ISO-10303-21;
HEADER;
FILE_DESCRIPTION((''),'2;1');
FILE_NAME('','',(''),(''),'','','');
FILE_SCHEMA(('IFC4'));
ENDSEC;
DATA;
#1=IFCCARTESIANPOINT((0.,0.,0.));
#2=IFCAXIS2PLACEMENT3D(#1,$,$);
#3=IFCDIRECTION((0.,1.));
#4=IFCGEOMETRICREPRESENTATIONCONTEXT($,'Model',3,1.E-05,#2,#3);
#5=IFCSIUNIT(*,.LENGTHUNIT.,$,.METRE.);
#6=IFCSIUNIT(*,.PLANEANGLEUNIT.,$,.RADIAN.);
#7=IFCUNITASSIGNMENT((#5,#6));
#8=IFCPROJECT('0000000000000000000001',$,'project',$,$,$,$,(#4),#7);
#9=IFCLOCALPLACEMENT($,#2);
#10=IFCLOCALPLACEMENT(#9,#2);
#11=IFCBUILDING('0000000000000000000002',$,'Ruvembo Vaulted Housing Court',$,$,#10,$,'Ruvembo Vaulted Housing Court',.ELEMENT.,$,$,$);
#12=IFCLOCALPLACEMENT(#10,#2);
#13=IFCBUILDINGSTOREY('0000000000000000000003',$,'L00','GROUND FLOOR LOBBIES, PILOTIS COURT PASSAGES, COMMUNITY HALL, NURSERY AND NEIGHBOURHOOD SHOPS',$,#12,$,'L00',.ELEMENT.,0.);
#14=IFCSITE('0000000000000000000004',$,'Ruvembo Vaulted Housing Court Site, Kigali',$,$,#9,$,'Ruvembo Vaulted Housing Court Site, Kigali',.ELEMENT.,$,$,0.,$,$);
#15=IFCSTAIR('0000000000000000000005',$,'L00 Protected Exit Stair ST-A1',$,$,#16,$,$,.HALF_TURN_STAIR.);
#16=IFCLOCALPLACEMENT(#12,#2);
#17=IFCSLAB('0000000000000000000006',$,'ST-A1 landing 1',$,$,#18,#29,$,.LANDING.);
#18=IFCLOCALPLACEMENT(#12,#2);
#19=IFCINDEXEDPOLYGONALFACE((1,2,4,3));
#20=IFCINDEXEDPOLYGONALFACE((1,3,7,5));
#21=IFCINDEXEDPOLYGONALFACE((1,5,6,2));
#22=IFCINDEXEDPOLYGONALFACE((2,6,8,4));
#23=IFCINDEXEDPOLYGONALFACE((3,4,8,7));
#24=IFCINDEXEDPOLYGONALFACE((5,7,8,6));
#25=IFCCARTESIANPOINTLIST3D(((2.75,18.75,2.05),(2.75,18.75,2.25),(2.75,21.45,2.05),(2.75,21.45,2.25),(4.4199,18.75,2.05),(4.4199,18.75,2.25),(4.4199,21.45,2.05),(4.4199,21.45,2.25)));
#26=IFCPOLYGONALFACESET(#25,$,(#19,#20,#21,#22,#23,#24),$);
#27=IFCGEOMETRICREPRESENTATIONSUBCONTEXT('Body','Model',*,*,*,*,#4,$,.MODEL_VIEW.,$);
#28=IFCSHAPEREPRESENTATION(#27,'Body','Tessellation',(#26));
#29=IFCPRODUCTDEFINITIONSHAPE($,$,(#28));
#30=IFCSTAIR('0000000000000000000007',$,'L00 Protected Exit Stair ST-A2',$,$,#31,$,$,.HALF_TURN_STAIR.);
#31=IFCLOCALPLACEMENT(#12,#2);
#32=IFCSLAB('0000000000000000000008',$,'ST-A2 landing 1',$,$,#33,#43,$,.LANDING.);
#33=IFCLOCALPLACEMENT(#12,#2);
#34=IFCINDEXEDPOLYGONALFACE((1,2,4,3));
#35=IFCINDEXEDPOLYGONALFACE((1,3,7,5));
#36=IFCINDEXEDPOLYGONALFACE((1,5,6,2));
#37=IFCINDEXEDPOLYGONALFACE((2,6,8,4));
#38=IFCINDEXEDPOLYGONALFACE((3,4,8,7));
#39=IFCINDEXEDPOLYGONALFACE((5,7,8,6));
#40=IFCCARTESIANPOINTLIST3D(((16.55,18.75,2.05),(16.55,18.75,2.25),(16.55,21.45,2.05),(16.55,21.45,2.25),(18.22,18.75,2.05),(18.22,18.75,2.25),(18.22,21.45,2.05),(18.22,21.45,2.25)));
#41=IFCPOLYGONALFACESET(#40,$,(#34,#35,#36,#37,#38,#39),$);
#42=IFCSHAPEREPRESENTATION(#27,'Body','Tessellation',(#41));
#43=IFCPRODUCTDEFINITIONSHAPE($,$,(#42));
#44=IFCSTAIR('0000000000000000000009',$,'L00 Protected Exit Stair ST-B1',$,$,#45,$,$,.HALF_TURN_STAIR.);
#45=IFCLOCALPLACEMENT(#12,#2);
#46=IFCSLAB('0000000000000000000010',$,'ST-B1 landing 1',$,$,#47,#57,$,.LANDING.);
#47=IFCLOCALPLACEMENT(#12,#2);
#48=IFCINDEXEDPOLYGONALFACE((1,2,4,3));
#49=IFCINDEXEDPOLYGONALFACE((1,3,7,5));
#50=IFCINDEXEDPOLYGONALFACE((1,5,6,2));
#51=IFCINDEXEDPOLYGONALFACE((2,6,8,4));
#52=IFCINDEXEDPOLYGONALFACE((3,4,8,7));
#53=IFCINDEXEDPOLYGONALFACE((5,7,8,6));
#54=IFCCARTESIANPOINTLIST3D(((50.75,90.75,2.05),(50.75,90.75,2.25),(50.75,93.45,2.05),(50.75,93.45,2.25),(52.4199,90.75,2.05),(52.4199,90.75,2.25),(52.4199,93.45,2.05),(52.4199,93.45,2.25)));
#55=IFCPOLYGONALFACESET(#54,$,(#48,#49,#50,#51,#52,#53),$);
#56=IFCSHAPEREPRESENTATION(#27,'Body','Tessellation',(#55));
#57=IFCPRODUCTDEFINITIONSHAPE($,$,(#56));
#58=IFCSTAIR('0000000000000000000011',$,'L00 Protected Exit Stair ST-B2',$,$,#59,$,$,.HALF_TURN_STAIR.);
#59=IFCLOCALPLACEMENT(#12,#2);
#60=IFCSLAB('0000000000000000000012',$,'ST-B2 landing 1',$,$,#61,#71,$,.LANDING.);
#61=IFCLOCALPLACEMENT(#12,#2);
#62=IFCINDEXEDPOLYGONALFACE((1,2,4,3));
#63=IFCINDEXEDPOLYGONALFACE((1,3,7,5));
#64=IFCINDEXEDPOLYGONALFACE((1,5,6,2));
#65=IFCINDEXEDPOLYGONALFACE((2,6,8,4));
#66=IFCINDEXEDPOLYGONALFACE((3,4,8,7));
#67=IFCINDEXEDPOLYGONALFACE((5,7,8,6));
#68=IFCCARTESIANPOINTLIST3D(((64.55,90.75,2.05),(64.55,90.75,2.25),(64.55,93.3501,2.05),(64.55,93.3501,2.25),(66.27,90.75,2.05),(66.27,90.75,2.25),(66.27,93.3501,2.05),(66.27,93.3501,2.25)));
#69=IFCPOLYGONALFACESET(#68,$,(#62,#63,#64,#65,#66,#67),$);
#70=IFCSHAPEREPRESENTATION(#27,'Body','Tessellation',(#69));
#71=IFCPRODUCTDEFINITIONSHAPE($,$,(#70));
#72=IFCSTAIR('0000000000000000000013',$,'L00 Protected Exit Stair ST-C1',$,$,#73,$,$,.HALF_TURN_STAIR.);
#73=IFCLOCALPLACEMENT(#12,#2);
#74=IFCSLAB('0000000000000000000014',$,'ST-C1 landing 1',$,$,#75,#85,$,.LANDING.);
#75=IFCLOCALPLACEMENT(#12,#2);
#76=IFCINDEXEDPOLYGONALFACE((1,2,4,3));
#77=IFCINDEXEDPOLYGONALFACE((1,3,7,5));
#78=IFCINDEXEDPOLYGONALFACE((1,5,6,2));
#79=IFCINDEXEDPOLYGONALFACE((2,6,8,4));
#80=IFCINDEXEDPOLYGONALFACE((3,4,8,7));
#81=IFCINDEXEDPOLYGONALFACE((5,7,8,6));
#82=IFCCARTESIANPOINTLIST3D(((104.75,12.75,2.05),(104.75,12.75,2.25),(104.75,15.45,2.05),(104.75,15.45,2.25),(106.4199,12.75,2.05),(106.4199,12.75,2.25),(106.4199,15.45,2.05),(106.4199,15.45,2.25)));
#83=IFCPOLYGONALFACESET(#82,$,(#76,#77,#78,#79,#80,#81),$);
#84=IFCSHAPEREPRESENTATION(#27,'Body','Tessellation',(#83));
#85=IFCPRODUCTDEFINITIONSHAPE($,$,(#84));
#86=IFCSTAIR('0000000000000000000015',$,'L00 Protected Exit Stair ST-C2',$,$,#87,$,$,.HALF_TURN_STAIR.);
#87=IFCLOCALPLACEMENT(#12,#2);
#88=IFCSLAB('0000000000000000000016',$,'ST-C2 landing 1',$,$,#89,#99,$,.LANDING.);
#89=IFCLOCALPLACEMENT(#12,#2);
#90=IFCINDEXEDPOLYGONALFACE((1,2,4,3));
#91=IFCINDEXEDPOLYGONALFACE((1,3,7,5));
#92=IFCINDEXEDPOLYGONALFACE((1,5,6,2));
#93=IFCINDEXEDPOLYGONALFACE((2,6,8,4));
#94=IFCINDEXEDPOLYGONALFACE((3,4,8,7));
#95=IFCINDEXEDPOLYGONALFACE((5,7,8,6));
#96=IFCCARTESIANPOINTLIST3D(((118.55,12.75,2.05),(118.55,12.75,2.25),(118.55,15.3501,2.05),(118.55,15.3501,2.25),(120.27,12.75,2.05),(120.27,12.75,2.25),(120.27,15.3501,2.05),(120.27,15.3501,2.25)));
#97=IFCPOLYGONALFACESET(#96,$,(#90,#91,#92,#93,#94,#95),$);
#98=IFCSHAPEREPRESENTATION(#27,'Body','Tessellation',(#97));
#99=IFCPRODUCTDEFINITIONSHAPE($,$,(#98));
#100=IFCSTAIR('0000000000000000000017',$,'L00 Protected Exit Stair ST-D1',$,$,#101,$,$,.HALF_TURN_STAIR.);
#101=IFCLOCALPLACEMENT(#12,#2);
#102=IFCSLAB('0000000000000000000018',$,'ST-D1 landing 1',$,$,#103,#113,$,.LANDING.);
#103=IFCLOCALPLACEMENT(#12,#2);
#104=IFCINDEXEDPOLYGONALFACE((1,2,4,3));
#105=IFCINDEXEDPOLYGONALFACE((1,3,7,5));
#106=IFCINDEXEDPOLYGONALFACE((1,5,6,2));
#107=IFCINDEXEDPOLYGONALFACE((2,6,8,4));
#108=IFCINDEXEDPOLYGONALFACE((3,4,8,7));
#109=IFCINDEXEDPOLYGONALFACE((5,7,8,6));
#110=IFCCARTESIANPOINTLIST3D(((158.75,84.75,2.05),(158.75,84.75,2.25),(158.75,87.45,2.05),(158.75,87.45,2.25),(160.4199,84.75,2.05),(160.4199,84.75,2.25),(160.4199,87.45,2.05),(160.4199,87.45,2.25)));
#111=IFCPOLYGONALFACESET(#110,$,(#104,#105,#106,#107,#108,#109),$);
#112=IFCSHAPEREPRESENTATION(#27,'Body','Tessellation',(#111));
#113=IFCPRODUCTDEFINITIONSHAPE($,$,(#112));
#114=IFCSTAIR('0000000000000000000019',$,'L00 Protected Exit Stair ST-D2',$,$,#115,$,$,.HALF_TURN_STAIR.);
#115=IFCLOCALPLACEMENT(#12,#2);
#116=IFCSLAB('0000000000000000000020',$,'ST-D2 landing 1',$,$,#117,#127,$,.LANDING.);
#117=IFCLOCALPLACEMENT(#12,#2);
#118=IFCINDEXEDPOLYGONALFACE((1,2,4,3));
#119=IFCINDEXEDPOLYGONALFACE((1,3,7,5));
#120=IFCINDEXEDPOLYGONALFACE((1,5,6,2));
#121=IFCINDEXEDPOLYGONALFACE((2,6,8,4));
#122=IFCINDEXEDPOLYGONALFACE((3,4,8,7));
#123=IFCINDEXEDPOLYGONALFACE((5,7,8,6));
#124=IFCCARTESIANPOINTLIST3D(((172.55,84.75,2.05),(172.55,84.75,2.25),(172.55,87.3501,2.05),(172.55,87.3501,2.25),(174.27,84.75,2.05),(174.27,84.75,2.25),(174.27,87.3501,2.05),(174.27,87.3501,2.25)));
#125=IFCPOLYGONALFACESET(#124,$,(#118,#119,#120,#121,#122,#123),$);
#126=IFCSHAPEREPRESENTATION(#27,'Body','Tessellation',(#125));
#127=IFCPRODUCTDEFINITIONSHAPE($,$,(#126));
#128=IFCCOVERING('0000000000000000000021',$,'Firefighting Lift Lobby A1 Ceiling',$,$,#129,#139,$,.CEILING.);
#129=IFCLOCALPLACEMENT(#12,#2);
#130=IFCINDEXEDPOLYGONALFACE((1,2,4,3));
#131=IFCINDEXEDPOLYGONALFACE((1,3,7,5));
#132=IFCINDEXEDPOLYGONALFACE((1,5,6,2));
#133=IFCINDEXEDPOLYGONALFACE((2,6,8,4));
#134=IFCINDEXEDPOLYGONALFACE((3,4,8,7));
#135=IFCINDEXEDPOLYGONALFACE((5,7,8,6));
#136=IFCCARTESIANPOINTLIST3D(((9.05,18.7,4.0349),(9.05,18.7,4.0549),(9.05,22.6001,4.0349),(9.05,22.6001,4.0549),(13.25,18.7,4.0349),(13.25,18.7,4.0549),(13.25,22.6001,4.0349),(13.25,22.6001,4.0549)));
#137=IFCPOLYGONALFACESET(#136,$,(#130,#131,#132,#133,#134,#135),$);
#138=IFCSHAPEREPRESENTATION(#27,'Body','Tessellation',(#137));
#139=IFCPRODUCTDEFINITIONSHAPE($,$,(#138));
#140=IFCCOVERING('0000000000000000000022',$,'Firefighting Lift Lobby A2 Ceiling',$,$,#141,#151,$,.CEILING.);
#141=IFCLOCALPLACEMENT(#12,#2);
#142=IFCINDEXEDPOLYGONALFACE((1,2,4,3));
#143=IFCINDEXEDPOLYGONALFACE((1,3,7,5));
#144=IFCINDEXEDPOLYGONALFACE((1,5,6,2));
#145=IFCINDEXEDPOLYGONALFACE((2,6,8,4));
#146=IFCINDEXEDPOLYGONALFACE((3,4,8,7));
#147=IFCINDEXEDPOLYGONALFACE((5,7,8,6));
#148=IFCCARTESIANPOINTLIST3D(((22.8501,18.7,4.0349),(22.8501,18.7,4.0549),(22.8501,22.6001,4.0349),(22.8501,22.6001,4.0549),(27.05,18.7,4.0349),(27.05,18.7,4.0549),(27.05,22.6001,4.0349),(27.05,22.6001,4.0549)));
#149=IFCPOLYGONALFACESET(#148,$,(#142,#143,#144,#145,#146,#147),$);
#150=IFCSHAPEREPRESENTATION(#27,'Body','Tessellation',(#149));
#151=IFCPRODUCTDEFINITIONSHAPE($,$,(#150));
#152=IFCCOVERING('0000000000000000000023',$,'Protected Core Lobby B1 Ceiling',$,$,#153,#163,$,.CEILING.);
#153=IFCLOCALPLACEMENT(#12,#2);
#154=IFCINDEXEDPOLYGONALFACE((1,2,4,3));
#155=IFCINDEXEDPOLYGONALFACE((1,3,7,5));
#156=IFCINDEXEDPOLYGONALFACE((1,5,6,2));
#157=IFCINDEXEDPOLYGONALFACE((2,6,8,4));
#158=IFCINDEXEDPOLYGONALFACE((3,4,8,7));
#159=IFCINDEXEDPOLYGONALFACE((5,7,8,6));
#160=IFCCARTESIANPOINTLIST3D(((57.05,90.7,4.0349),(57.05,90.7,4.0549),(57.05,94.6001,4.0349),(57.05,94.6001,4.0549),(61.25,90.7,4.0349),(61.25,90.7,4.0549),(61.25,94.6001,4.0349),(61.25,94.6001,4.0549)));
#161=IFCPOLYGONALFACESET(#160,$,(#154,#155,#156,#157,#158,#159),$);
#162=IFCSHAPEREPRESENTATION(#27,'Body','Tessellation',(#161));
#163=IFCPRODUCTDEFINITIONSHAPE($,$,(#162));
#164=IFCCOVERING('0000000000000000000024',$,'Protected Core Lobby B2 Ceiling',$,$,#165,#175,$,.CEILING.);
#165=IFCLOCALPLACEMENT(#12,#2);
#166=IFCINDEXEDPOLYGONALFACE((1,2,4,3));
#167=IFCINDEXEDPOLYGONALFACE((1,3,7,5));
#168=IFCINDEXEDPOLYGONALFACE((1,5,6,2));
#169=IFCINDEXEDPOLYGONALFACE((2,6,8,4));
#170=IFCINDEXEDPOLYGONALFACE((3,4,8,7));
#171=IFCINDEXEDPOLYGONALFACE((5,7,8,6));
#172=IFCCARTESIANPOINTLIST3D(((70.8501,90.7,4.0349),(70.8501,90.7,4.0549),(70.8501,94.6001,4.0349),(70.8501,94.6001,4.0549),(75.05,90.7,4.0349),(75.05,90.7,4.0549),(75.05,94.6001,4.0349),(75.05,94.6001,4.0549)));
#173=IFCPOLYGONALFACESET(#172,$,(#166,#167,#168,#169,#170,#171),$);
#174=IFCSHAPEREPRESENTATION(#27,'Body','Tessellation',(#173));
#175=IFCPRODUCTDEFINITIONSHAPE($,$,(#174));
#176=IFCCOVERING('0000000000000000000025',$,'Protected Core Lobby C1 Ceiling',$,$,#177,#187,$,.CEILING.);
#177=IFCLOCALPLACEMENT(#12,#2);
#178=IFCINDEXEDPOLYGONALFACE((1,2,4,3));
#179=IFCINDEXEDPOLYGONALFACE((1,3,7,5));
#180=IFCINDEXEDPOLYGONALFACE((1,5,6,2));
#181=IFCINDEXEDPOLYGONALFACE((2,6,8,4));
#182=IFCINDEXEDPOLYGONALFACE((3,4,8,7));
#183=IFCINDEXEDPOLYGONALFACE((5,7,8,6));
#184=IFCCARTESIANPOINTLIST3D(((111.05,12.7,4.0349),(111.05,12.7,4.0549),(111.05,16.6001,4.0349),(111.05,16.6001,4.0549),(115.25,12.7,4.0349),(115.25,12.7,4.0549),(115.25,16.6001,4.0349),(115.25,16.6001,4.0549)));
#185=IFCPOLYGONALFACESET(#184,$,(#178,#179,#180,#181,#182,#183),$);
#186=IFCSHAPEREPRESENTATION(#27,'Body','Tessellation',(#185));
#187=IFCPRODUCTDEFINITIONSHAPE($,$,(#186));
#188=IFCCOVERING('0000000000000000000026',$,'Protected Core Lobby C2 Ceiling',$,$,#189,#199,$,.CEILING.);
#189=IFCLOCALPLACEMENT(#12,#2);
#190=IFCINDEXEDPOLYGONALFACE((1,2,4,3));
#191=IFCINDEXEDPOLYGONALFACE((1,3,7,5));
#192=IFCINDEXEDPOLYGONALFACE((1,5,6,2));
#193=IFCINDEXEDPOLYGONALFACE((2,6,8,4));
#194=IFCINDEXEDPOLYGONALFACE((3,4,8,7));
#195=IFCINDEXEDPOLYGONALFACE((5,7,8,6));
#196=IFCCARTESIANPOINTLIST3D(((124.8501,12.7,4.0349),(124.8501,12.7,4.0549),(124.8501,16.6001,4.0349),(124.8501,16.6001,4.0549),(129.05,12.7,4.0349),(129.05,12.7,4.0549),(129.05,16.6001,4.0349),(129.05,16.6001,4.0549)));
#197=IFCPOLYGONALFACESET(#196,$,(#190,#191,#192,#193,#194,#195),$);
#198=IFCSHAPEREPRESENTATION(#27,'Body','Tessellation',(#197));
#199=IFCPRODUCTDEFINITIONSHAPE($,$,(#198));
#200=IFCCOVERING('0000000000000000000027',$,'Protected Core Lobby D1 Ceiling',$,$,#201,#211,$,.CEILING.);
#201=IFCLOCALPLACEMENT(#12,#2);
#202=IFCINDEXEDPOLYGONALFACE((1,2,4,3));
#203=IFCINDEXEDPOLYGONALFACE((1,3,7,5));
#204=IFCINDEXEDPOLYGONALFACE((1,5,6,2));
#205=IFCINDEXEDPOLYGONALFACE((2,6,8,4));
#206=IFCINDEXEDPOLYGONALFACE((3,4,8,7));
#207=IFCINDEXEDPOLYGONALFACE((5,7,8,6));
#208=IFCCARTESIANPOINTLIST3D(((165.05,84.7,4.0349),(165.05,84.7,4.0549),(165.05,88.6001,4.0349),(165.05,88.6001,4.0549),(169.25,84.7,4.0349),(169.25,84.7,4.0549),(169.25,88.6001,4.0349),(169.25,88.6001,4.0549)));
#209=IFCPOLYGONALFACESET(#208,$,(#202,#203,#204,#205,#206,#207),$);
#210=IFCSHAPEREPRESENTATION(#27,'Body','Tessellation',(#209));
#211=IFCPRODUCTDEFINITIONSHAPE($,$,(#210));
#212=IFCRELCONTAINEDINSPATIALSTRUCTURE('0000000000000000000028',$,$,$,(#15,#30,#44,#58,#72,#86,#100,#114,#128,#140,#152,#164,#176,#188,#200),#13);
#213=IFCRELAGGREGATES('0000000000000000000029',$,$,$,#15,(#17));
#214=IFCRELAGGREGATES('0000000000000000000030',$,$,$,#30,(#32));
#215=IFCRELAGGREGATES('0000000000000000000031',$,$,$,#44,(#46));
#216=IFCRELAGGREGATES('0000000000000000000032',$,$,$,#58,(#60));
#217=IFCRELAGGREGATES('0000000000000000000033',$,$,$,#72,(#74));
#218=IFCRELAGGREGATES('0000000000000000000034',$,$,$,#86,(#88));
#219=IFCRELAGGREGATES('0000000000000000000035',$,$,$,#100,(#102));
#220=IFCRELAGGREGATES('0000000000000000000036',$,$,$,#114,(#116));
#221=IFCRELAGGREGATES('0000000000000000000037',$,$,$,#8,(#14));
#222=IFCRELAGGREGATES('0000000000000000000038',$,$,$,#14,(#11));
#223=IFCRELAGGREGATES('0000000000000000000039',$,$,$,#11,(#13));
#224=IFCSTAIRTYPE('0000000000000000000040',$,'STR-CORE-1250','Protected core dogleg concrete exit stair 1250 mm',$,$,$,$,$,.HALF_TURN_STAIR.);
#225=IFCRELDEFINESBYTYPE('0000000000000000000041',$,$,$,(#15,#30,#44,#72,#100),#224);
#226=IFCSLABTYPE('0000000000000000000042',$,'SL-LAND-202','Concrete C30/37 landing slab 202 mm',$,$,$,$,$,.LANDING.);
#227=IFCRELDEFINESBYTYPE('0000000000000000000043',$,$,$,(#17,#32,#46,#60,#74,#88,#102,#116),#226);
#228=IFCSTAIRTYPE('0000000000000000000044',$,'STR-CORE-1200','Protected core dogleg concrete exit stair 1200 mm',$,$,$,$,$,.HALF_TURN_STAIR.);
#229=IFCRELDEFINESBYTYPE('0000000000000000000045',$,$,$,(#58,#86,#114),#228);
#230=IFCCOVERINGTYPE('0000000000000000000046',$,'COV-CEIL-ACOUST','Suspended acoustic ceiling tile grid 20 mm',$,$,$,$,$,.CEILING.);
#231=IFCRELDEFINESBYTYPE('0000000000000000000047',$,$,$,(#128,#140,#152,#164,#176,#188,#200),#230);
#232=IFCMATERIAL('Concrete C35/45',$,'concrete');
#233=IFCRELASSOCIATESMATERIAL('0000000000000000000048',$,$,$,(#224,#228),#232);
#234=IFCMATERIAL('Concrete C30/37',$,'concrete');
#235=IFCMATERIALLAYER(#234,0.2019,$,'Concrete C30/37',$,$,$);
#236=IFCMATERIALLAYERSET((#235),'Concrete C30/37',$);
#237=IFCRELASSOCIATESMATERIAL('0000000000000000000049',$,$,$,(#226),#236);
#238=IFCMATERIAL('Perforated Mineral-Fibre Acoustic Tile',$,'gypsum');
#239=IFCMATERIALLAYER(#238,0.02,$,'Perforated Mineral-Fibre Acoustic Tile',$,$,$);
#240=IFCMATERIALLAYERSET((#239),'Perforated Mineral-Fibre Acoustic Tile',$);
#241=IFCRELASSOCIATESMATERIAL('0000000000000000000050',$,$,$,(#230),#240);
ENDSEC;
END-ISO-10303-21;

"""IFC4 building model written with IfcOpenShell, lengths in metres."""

from ifc_helpers import new_model, si_unit, direction, frame, origin, place, context, subcontext, project, spatial, polyline, outline, extrude, material, layer, layer_set, type_object, element, aggregate, save


model = new_model("IFC4")

# Units and contexts
model_context = context("Model", 3, precision=1e-05, world=origin(), true_north=direction((0.0, 1.0)))
body_context = subcontext(model_context, "Body", "Model", "MODEL_VIEW")
ifc_project = project(units=[si_unit("LENGTHUNIT", "METRE"), si_unit("PLANEANGLEUNIT", "RADIAN")], contexts=[model_context])

# Site, building, storey
site_placement = place(None, origin())
site = spatial("IfcSite", under=ifc_project, at=site_placement, Name="Ruvembo Vaulted Housing Court Site, Kigali", LongName="Ruvembo Vaulted Housing Court Site, Kigali", CompositionType="ELEMENT", RefElevation=0.0)
building_placement = place(site_placement, origin())
building = spatial("IfcBuilding", under=site, at=building_placement, Name="Ruvembo Vaulted Housing Court", LongName="Ruvembo Vaulted Housing Court", CompositionType="ELEMENT")
storey_placement = place(building_placement, origin())
storey = spatial("IfcBuildingStorey", under=building, at=storey_placement, Name="L00", Description="GROUND FLOOR LOBBIES, PILOTIS COURT PASSAGES, COMMUNITY HALL, NURSERY AND NEIGHBOURHOOD SHOPS", LongName="L00", CompositionType="ELEMENT", Elevation=0.0)

# Stairs, slabs
ifc_material_1 = material(Name="Concrete C35/45", Category="concrete")
stair_type_1 = type_object("IfcStairType", Name="STR-CORE-1250", Description="Protected core dogleg concrete exit stair 1250 mm", PredefinedType="HALF_TURN_STAIR", material=ifc_material_1)
stair_1_placement = place(storey_placement, origin())
stair_1 = element("IfcStair", 1, at=stair_1_placement, inside=storey, type_object=stair_type_1, Name="L00 Protected Exit Stair ST-A1", PredefinedType="HALF_TURN_STAIR")
ifc_material_2 = material(Name="Concrete C30/37", Category="concrete")
ifc_layer_1 = layer(ifc_material_2, 0.2019, Name="Concrete C30/37")
ifc_layer_set_1 = layer_set([ifc_layer_1], Name="Concrete C30/37")
slab_type = type_object("IfcSlabType", Name="SL-LAND-202", Description="Concrete C30/37 landing slab 202 mm", PredefinedType="LANDING", material=ifc_layer_set_1)
slab_1_placement = place(storey_placement, frame((0.0, 0.0, 2.05)))
slab_1 = element("IfcSlab", 2, at=slab_1_placement, type_object=slab_type, Name="ST-A1 landing 1", PredefinedType="LANDING", context=body_context, shape_type="SweptSolid", body=[
    extrude(outline(polyline([(4.4199, 21.45), (2.75, 21.45), (2.75, 18.75), (4.4199, 18.75), (4.4199, 21.45)])), origin(), (0.0, 0.0, 1.0), 0.2),
])
aggregate(stair_1, [slab_1])
stair_2_placement = place(storey_placement, origin())
stair_2 = element("IfcStair", 3, at=stair_2_placement, inside=storey, type_object=stair_type_1, Name="L00 Protected Exit Stair ST-A2", PredefinedType="HALF_TURN_STAIR")
slab_2_placement = place(storey_placement, frame((0.0, 0.0, 2.05)))
slab_2 = element("IfcSlab", 4, at=slab_2_placement, type_object=slab_type, Name="ST-A2 landing 1", PredefinedType="LANDING", context=body_context, shape_type="SweptSolid", body=[
    extrude(outline(polyline([(18.22, 21.45), (16.55, 21.45), (16.55, 18.75), (18.22, 18.75), (18.22, 21.45)])), origin(), (0.0, 0.0, 1.0), 0.2),
])
aggregate(stair_2, [slab_2])
stair_3_placement = place(storey_placement, origin())
stair_3 = element("IfcStair", 5, at=stair_3_placement, inside=storey, type_object=stair_type_1, Name="L00 Protected Exit Stair ST-B1", PredefinedType="HALF_TURN_STAIR")
slab_3_placement = place(storey_placement, frame((0.0, 0.0, 2.05)))
slab_3 = element("IfcSlab", 6, at=slab_3_placement, type_object=slab_type, Name="ST-B1 landing 1", PredefinedType="LANDING", context=body_context, shape_type="SweptSolid", body=[
    extrude(outline(polyline([(52.4199, 93.45), (50.75, 93.45), (50.75, 90.75), (52.4199, 90.75), (52.4199, 93.45)])), origin(), (0.0, 0.0, 1.0), 0.2),
])
aggregate(stair_3, [slab_3])
stair_type_2 = type_object("IfcStairType", Name="STR-CORE-1200", Description="Protected core dogleg concrete exit stair 1200 mm", PredefinedType="HALF_TURN_STAIR", material=ifc_material_1)
stair_4_placement = place(storey_placement, origin())
stair_4 = element("IfcStair", 7, at=stair_4_placement, inside=storey, type_object=stair_type_2, Name="L00 Protected Exit Stair ST-B2", PredefinedType="HALF_TURN_STAIR")
slab_4_placement = place(storey_placement, frame((0.0, 0.0, 2.05)))
slab_4 = element("IfcSlab", 8, at=slab_4_placement, type_object=slab_type, Name="ST-B2 landing 1", PredefinedType="LANDING", context=body_context, shape_type="SweptSolid", body=[
    extrude(outline(polyline([(66.27, 93.3501), (64.55, 93.3501), (64.55, 90.75), (66.27, 90.75), (66.27, 93.3501)])), origin(), (0.0, 0.0, 1.0), 0.2),
])
aggregate(stair_4, [slab_4])
stair_5_placement = place(storey_placement, origin())
stair_5 = element("IfcStair", 9, at=stair_5_placement, inside=storey, type_object=stair_type_1, Name="L00 Protected Exit Stair ST-C1", PredefinedType="HALF_TURN_STAIR")
slab_5_placement = place(storey_placement, frame((0.0, 0.0, 2.05)))
slab_5 = element("IfcSlab", 10, at=slab_5_placement, type_object=slab_type, Name="ST-C1 landing 1", PredefinedType="LANDING", context=body_context, shape_type="SweptSolid", body=[
    extrude(outline(polyline([(106.4199, 15.45), (104.75, 15.45), (104.75, 12.75), (106.4199, 12.75), (106.4199, 15.45)])), origin(), (0.0, 0.0, 1.0), 0.2),
])
aggregate(stair_5, [slab_5])
stair_6_placement = place(storey_placement, origin())
stair_6 = element("IfcStair", 11, at=stair_6_placement, inside=storey, type_object=stair_type_2, Name="L00 Protected Exit Stair ST-C2", PredefinedType="HALF_TURN_STAIR")
slab_6_placement = place(storey_placement, frame((0.0, 0.0, 2.05)))
slab_6 = element("IfcSlab", 12, at=slab_6_placement, type_object=slab_type, Name="ST-C2 landing 1", PredefinedType="LANDING", context=body_context, shape_type="SweptSolid", body=[
    extrude(outline(polyline([(120.27, 15.3501), (118.55, 15.3501), (118.55, 12.75), (120.27, 12.75), (120.27, 15.3501)])), origin(), (0.0, 0.0, 1.0), 0.2),
])
aggregate(stair_6, [slab_6])
stair_7_placement = place(storey_placement, origin())
stair_7 = element("IfcStair", 13, at=stair_7_placement, inside=storey, type_object=stair_type_1, Name="L00 Protected Exit Stair ST-D1", PredefinedType="HALF_TURN_STAIR")
slab_7_placement = place(storey_placement, frame((0.0, 0.0, 2.05)))
slab_7 = element("IfcSlab", 14, at=slab_7_placement, type_object=slab_type, Name="ST-D1 landing 1", PredefinedType="LANDING", context=body_context, shape_type="SweptSolid", body=[
    extrude(outline(polyline([(160.4199, 87.45), (158.75, 87.45), (158.75, 84.75), (160.4199, 84.75), (160.4199, 87.45)])), origin(), (0.0, 0.0, 1.0), 0.2),
])
aggregate(stair_7, [slab_7])
stair_8_placement = place(storey_placement, origin())
stair_8 = element("IfcStair", 15, at=stair_8_placement, inside=storey, type_object=stair_type_2, Name="L00 Protected Exit Stair ST-D2", PredefinedType="HALF_TURN_STAIR")
slab_8_placement = place(storey_placement, frame((0.0, 0.0, 2.05)))
slab_8 = element("IfcSlab", 16, at=slab_8_placement, type_object=slab_type, Name="ST-D2 landing 1", PredefinedType="LANDING", context=body_context, shape_type="SweptSolid", body=[
    extrude(outline(polyline([(174.27, 87.3501), (172.55, 87.3501), (172.55, 84.75), (174.27, 84.75), (174.27, 87.3501)])), origin(), (0.0, 0.0, 1.0), 0.2),
])
aggregate(stair_8, [slab_8])

# Coverings
ifc_material_3 = material(Name="Perforated Mineral-Fibre Acoustic Tile", Category="gypsum")
ifc_layer_2 = layer(ifc_material_3, 0.02, Name="Perforated Mineral-Fibre Acoustic Tile")
ifc_layer_set_2 = layer_set([ifc_layer_2], Name="Perforated Mineral-Fibre Acoustic Tile")
covering_type_1 = type_object("IfcCoveringType", Name="COV-CEIL-ACOUST", Description="Suspended acoustic ceiling tile grid 20 mm", PredefinedType="CEILING", material=ifc_layer_set_2)
covering_1_placement = place(storey_placement, frame((0.0, 0.0, 4.0349)))
element("IfcCovering", 17, at=covering_1_placement, inside=storey, type_object=covering_type_1, Name="Firefighting Lift Lobby A1 Ceiling", PredefinedType="CEILING", context=body_context, shape_type="SweptSolid", body=[
    extrude(outline(polyline([(9.05, 22.6001), (9.05, 18.7), (13.25, 18.7), (13.25, 22.6001), (9.05, 22.6001)])), origin(), (0.0, 0.0, 1.0), 0.02),
])
covering_2_placement = place(storey_placement, frame((0.0, 0.0, 4.0349)))
element("IfcCovering", 18, at=covering_2_placement, inside=storey, type_object=covering_type_1, Name="Firefighting Lift Lobby A2 Ceiling", PredefinedType="CEILING", context=body_context, shape_type="SweptSolid", body=[
    extrude(outline(polyline([(22.8501, 22.6001), (22.8501, 18.7), (27.05, 18.7), (27.05, 22.6001), (22.8501, 22.6001)])), origin(), (0.0, 0.0, 1.0), 0.02),
])
covering_3_placement = place(storey_placement, frame((0.0, 0.0, 4.0349)))
element("IfcCovering", 19, at=covering_3_placement, inside=storey, type_object=covering_type_1, Name="Protected Core Lobby B1 Ceiling", PredefinedType="CEILING", context=body_context, shape_type="SweptSolid", body=[
    extrude(outline(polyline([(57.05, 94.6001), (57.05, 90.7), (61.25, 90.7), (61.25, 94.6001), (57.05, 94.6001)])), origin(), (0.0, 0.0, 1.0), 0.02),
])
covering_4_placement = place(storey_placement, frame((0.0, 0.0, 4.0349)))
element("IfcCovering", 20, at=covering_4_placement, inside=storey, type_object=covering_type_1, Name="Protected Core Lobby B2 Ceiling", PredefinedType="CEILING", context=body_context, shape_type="SweptSolid", body=[
    extrude(outline(polyline([(70.8501, 94.6001), (70.8501, 90.7), (75.05, 90.7), (75.05, 94.6001), (70.8501, 94.6001)])), origin(), (0.0, 0.0, 1.0), 0.02),
])
covering_5_placement = place(storey_placement, frame((0.0, 0.0, 4.0349)))
element("IfcCovering", 21, at=covering_5_placement, inside=storey, type_object=covering_type_1, Name="Protected Core Lobby C1 Ceiling", PredefinedType="CEILING", context=body_context, shape_type="SweptSolid", body=[
    extrude(outline(polyline([(111.05, 16.6001), (111.05, 12.7), (115.25, 12.7), (115.25, 16.6001), (111.05, 16.6001)])), origin(), (0.0, 0.0, 1.0), 0.02),
])
covering_6_placement = place(storey_placement, frame((0.0, 0.0, 4.0349)))
element("IfcCovering", 22, at=covering_6_placement, inside=storey, type_object=covering_type_1, Name="Protected Core Lobby C2 Ceiling", PredefinedType="CEILING", context=body_context, shape_type="SweptSolid", body=[
    extrude(outline(polyline([(124.8501, 16.6001), (124.8501, 12.7), (129.05, 12.7), (129.05, 16.6001), (124.8501, 16.6001)])), origin(), (0.0, 0.0, 1.0), 0.02),
])
covering_7_placement = place(storey_placement, frame((0.0, 0.0, 4.0349)))
element("IfcCovering", 23, at=covering_7_placement, inside=storey, type_object=covering_type_1, Name="Protected Core Lobby D1 Ceiling", PredefinedType="CEILING", context=body_context, shape_type="SweptSolid", body=[
    extrude(outline(polyline([(165.05, 88.6001), (165.05, 84.7), (169.25, 84.7), (169.25, 88.6001), (165.05, 88.6001)])), origin(), (0.0, 0.0, 1.0), 0.02),
])

save(model, "model.ifc")
